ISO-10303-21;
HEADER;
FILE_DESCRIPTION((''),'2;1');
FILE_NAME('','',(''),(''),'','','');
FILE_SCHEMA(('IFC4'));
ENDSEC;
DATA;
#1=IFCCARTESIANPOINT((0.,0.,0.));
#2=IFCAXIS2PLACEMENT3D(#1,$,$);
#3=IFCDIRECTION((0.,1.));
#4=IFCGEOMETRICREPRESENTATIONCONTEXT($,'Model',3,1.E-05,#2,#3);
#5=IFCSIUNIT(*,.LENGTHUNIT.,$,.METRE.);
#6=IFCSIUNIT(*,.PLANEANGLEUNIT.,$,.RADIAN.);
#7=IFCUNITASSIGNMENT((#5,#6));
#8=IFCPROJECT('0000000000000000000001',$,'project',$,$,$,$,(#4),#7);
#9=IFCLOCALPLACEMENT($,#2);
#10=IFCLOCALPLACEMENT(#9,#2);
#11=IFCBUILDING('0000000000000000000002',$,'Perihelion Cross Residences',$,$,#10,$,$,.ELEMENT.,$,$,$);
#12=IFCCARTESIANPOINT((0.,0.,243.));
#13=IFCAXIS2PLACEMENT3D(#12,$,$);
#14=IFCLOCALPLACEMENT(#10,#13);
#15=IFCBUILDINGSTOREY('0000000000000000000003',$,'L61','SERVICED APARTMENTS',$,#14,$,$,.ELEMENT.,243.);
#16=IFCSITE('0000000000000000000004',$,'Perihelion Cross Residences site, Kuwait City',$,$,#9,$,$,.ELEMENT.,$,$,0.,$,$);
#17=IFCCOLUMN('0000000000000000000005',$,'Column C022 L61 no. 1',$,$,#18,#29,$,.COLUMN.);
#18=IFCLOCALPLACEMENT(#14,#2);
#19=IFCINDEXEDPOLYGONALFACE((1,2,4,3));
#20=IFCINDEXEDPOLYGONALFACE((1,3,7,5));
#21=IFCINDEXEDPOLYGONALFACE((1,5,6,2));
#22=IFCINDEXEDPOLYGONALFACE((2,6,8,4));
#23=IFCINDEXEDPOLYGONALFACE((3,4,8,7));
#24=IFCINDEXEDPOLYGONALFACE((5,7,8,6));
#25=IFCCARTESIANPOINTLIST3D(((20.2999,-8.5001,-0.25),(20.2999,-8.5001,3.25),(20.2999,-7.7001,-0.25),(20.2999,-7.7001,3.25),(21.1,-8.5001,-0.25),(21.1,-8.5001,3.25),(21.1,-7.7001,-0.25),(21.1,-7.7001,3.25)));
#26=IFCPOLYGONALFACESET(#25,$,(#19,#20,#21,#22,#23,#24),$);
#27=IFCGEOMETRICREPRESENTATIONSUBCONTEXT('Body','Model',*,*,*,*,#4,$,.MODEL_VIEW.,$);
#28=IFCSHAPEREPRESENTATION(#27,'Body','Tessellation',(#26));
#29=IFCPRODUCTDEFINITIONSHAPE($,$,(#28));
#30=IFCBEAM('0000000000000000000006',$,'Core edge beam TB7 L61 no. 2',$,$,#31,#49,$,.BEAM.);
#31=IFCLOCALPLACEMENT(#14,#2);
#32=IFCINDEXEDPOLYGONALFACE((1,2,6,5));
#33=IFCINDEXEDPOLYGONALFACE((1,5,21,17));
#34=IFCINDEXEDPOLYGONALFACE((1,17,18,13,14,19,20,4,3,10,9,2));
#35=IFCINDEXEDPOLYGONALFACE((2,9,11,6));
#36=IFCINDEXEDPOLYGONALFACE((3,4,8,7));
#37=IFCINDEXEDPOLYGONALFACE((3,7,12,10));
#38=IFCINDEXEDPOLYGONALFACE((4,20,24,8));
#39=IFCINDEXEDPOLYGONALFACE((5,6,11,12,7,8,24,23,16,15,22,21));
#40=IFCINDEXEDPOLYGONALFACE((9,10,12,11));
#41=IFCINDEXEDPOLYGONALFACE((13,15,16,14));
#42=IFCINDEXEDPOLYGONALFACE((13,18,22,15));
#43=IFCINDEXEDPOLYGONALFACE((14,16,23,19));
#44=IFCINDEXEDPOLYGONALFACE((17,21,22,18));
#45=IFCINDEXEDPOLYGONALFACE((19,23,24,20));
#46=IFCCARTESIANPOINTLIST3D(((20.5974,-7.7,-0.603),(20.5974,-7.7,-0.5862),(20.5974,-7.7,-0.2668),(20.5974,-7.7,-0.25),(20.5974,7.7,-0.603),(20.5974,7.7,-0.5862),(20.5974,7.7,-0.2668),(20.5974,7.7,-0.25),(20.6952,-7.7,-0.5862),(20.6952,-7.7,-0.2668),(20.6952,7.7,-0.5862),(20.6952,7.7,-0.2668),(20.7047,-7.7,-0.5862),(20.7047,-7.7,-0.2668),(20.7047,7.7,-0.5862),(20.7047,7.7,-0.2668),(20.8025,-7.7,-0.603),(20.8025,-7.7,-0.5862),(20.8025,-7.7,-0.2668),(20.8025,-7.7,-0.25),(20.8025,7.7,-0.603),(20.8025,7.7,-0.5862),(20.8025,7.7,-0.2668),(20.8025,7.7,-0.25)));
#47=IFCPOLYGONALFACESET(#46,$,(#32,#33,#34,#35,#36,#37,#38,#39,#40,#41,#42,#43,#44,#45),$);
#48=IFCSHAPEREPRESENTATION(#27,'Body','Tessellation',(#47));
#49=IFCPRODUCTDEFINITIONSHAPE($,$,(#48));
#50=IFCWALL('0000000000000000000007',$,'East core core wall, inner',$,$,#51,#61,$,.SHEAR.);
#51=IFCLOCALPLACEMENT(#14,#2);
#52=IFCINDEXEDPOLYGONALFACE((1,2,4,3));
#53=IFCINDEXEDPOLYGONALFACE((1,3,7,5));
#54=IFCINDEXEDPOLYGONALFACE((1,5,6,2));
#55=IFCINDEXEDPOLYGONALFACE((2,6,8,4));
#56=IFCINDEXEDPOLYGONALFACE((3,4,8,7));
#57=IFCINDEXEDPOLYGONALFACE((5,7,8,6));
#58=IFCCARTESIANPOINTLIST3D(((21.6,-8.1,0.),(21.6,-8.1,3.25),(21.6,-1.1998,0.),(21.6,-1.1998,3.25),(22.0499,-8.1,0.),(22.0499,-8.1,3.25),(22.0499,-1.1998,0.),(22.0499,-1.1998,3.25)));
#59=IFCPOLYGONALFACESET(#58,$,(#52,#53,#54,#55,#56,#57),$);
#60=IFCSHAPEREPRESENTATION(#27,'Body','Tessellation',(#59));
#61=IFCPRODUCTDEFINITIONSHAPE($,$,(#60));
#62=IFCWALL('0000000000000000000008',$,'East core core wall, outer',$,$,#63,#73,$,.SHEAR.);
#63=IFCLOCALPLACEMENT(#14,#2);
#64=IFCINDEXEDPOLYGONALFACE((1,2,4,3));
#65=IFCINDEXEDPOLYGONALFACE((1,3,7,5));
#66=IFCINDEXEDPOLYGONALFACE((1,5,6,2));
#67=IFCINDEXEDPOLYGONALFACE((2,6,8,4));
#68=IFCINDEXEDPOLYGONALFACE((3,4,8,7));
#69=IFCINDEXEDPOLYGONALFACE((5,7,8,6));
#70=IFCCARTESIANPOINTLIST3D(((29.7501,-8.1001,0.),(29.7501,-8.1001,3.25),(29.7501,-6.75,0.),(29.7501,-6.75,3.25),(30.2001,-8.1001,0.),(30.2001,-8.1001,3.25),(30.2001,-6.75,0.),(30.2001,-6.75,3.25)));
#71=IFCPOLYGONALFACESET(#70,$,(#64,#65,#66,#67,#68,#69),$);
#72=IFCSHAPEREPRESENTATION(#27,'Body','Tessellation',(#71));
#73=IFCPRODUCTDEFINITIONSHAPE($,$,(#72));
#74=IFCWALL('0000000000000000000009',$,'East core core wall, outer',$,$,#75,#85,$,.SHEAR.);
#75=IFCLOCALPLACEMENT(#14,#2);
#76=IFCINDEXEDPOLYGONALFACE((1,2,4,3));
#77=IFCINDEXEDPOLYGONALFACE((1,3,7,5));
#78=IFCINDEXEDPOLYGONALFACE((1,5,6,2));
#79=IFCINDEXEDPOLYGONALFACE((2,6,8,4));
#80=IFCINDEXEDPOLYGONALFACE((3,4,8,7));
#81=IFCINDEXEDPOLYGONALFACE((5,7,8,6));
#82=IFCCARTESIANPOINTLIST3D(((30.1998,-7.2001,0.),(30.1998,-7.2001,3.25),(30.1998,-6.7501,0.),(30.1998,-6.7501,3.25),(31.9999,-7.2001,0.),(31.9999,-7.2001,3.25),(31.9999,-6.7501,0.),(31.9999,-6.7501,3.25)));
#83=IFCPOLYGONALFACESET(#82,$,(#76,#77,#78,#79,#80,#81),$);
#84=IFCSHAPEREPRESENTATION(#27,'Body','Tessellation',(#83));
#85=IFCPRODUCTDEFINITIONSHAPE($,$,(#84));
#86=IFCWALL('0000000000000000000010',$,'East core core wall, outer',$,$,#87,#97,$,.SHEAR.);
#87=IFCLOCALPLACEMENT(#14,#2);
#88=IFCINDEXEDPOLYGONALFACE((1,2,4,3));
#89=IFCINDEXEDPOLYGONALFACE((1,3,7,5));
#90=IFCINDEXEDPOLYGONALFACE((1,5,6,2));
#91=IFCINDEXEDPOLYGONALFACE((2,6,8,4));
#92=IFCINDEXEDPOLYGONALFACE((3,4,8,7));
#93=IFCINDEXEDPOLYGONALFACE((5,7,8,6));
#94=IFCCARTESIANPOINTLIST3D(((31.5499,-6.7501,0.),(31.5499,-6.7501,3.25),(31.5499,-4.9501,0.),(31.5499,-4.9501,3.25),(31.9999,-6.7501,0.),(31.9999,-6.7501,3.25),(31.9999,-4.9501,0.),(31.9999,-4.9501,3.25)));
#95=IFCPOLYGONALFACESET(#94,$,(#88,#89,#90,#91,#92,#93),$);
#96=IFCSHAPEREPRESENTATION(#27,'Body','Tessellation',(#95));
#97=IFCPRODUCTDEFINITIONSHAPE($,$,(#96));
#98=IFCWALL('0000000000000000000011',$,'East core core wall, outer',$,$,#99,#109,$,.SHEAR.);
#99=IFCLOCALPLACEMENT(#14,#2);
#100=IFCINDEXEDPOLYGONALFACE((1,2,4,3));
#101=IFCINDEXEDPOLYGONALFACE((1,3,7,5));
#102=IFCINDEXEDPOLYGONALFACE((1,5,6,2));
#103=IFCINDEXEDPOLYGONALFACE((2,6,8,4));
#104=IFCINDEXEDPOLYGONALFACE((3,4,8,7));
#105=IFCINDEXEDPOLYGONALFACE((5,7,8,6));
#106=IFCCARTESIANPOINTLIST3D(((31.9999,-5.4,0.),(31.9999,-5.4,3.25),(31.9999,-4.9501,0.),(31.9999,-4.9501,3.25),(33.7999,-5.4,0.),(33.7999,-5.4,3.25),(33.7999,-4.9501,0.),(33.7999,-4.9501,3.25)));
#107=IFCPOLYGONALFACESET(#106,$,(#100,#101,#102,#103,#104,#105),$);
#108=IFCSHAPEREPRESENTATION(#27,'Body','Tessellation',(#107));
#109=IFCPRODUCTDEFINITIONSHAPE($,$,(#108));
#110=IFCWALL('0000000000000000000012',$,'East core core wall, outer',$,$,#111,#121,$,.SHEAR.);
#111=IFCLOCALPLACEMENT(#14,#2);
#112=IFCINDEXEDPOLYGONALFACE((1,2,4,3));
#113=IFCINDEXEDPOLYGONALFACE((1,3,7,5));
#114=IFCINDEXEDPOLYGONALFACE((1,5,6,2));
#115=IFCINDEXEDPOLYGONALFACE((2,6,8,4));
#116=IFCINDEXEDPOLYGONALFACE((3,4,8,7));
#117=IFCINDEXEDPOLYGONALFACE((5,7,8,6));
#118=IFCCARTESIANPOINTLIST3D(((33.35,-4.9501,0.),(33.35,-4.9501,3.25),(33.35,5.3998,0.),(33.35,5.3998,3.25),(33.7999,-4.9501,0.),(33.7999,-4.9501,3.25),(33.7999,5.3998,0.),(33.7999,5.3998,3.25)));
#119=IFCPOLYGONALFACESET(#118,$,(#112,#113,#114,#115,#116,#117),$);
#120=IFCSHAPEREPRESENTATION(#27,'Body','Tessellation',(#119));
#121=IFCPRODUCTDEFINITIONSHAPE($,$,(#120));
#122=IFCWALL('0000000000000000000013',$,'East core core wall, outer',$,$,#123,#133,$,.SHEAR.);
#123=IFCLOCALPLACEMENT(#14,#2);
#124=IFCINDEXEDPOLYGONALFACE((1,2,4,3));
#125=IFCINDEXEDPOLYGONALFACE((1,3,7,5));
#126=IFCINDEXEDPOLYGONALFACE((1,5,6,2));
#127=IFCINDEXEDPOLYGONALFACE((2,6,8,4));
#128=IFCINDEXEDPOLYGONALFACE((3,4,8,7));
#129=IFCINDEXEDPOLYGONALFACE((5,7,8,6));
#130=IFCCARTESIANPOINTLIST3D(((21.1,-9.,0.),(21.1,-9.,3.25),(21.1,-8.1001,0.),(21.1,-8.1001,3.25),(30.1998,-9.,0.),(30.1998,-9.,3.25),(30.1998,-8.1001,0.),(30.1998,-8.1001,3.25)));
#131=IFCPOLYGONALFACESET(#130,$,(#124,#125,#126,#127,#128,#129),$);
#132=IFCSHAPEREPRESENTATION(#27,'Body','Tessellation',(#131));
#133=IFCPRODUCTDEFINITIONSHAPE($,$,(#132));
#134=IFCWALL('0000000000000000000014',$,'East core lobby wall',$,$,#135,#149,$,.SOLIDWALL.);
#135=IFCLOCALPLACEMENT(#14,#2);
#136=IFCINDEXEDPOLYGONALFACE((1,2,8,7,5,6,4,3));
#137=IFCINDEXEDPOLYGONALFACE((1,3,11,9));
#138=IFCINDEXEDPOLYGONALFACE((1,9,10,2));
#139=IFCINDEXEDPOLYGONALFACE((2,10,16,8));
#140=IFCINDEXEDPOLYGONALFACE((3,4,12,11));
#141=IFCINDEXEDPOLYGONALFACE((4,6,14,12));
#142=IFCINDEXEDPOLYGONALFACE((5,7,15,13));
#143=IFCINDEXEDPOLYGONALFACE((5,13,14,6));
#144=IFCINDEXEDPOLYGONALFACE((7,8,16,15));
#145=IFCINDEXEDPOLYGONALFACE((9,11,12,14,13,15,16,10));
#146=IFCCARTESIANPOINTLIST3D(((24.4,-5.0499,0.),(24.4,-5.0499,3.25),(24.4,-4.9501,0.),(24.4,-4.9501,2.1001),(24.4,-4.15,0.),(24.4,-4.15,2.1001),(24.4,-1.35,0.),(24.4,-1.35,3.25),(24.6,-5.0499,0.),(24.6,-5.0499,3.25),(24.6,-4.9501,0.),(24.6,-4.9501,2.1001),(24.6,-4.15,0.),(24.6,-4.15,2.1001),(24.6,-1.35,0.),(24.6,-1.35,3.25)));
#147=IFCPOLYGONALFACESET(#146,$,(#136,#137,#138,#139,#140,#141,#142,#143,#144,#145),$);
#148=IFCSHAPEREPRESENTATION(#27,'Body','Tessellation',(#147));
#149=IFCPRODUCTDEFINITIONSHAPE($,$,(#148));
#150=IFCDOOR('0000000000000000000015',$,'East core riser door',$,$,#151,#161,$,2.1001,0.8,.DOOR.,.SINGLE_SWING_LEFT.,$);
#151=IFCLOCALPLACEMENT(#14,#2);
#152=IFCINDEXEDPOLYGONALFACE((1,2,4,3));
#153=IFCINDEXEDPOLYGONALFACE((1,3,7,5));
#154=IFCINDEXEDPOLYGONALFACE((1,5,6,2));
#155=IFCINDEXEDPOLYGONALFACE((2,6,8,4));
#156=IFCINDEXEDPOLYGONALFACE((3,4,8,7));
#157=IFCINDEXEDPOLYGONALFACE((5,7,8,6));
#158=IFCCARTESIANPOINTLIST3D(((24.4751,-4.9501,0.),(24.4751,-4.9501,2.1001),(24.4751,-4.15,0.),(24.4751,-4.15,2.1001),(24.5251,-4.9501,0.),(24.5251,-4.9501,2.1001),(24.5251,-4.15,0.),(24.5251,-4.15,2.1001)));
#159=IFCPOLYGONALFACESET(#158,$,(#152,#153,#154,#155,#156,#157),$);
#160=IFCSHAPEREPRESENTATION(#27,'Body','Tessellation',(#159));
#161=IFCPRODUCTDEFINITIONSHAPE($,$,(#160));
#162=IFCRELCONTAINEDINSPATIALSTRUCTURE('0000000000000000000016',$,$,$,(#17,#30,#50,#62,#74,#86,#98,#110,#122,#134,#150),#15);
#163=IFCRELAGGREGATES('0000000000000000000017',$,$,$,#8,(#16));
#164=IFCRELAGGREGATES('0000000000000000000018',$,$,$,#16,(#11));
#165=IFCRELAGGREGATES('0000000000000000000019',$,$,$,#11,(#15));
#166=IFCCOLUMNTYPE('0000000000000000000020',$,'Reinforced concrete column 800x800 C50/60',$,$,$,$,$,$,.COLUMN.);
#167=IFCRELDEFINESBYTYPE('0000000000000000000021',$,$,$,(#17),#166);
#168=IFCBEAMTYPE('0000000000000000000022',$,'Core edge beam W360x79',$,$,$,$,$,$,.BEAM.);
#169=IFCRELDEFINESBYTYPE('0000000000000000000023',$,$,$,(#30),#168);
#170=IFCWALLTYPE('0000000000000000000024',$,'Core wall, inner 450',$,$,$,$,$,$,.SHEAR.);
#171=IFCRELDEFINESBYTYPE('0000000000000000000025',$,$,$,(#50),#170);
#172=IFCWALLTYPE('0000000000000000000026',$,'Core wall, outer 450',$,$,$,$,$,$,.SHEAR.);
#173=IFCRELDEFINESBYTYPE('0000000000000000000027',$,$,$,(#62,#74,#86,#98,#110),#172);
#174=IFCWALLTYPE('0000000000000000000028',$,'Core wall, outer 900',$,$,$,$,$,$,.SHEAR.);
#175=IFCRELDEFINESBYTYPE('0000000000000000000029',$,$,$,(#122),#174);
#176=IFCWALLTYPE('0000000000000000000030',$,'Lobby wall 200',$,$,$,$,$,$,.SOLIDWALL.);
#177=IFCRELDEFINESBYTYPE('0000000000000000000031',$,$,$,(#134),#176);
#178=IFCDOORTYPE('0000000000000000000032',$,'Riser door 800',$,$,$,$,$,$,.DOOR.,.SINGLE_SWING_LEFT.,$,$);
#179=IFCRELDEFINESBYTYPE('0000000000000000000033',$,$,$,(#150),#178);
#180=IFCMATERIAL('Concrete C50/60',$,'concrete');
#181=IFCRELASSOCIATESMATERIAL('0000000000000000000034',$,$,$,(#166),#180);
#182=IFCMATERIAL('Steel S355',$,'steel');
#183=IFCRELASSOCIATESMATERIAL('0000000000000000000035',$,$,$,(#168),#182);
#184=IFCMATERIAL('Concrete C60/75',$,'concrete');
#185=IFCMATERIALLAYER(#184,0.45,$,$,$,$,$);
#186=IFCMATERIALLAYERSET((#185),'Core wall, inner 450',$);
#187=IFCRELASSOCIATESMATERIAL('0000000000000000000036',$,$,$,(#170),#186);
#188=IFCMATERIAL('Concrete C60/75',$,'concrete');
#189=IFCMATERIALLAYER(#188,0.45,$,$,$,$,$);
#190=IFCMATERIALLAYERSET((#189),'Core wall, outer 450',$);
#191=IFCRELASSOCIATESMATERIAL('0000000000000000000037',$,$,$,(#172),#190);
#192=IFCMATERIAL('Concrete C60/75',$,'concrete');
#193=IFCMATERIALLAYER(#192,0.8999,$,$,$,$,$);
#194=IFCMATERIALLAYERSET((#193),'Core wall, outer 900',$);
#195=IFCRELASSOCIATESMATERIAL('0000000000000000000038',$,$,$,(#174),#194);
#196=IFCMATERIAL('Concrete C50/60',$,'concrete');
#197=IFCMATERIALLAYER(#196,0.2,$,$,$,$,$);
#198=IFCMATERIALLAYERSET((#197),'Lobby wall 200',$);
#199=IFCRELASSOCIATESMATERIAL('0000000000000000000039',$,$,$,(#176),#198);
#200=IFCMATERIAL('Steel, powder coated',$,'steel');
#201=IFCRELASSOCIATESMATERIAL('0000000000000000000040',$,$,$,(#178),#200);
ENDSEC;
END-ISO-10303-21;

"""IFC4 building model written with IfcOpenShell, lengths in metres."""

from ifc_helpers import new_model, si_unit, direction, frame, frame_2d, origin, origin_2d, place, context, subcontext, project, spatial, rectangle, i_section, extrude, material, layer, layer_set, material_profile, profile_set, type_object, element, fill, save


model = new_model("IFC4")

# Units and contexts
model_context = context("Model", 3, precision=1e-05, world=origin(), true_north=direction((0.0, 1.0)))
body_context = subcontext(model_context, "Body", "Model", "MODEL_VIEW")
ifc_project = project(units=[si_unit("LENGTHUNIT", "METRE"), si_unit("PLANEANGLEUNIT", "RADIAN")], contexts=[model_context])

# Site, building, storey
site_placement = place(None, origin())
site = spatial("IfcSite", under=ifc_project, at=site_placement, Name="Perihelion Cross Residences site, Kuwait City", CompositionType="ELEMENT", RefElevation=0.0)
building_placement = place(site_placement, origin())
building = spatial("IfcBuilding", under=site, at=building_placement, Name="Perihelion Cross Residences", CompositionType="ELEMENT")
storey_placement = place(building_placement, frame((0.0, 0.0, 243.0)))
storey = spatial("IfcBuildingStorey", under=building, at=storey_placement, Name="L61", Description="SERVICED APARTMENTS", CompositionType="ELEMENT", Elevation=243.0)

# Column
ifc_material_1 = material(Name="Concrete C50/60", Category="concrete")
ifc_material_profile_1 = material_profile(ifc_material_1, rectangle(XDim=0.8, YDim=0.8, at=origin_2d()), Name="RC 800x800")
ifc_profile_set_1 = profile_set([ifc_material_profile_1], Name="Concrete C50/60")
column_type = type_object("IfcColumnType", Name="Reinforced concrete column 800x800 C50/60", PredefinedType="COLUMN", material=ifc_profile_set_1)
column_placement = place(storey_placement, frame((20.7, -8.1001, -0.25), z_axis=(0.0, 0.0, 1.0), x_axis=(1.0, 0.0, 0.0)))
element("IfcColumn", 1, at=column_placement, inside=storey, type_object=column_type, Name="Column C022 L61 no. 1", PredefinedType="COLUMN", context=body_context, shape_type="SweptSolid", body=[
    extrude(rectangle(XDim=0.8, YDim=0.8, at=origin_2d()), origin(), (0.0, 0.0, 1.0), 3.5),
])

# Beam
ifc_material_2 = material(Name="Steel S355", Category="steel")
ifc_material_profile_2 = material_profile(ifc_material_2, i_section(OverallWidth=0.2051, OverallDepth=0.353, WebThickness=0.0095, FlangeThickness=0.0168, at=origin_2d()), Name="W360x79")
ifc_profile_set_2 = profile_set([ifc_material_profile_2], Name="Steel S355")
beam_type = type_object("IfcBeamType", Name="Core edge beam W360x79", PredefinedType="BEAM", material=ifc_profile_set_2)
beam_placement = place(storey_placement, frame((20.7, -7.7, -0.4265), z_axis=(0.0, 1.0, 0.0), x_axis=(-1.0, 0.0, 0.0)))
element("IfcBeam", 2, at=beam_placement, inside=storey, type_object=beam_type, Name="Core edge beam TB7 L61 no. 2", PredefinedType="BEAM", context=body_context, shape_type="SweptSolid", body=[
    extrude(i_section(OverallWidth=0.2051, OverallDepth=0.353, WebThickness=0.0095, FlangeThickness=0.0168, at=origin_2d()), origin(), (0.0, 0.0, 1.0), 15.3999),
])

# Walls
ifc_material_3 = material(Name="Concrete C60/75", Category="concrete")
ifc_layer_1 = layer(ifc_material_3, 0.45)
ifc_layer_set_1 = layer_set([ifc_layer_1], Name="Core wall, inner 450")
wall_type_1 = type_object("IfcWallType", Name="Core wall, inner 450", PredefinedType="SHEAR", material=ifc_layer_set_1)
wall_1_placement = place(storey_placement, frame((21.825, -8.1001, 0.0), z_axis=(0.0, 0.0, 1.0), x_axis=(0.0, 1.0, 0.0)))
element("IfcWall", 3, at=wall_1_placement, inside=storey, type_object=wall_type_1, Name="East core core wall, inner", PredefinedType="SHEAR", context=body_context, shape_type="SweptSolid", body=[
    extrude(rectangle(XDim=6.9001, YDim=0.45, at=frame_2d((3.4502, 0.0))), origin(), (0.0, 0.0, 1.0), 3.25),
])
ifc_material_4 = material(Name="Concrete C60/75", Category="concrete")
ifc_layer_2 = layer(ifc_material_4, 0.45)
ifc_layer_set_2 = layer_set([ifc_layer_2], Name="Core wall, outer 450")
wall_type_2 = type_object("IfcWallType", Name="Core wall, outer 450", PredefinedType="SHEAR", material=ifc_layer_set_2)
wall_2_placement = place(storey_placement, frame((29.9751, -8.1001, 0.0), z_axis=(0.0, 0.0, 1.0), x_axis=(0.0, 1.0, 0.0)))
element("IfcWall", 4, at=wall_2_placement, inside=storey, type_object=wall_type_2, Name="East core core wall, outer", PredefinedType="SHEAR", context=body_context, shape_type="SweptSolid", body=[
    extrude(rectangle(XDim=1.3501, YDim=0.45, at=frame_2d((0.675, 0.0))), origin(), (0.0, 0.0, 1.0), 3.25),
])
for number, where, z_axis, x_axis, name in (
    (5, (30.2, -6.9751, 0.0), (0.0, 0.0, 1.0), (1.0, 0.0, 0.0), "East core core wall, outer"),
    (6, (31.7749, -6.75, 0.0), (0.0, 0.0, 1.0), (0.0, 1.0, 0.0), "East core core wall, outer"),
    (7, (32.0, -5.175, 0.0), (0.0, 0.0, 1.0), (1.0, 0.0, 0.0), "East core core wall, outer"),
):
    element("IfcWall", number, at=place(storey_placement, frame(where, z_axis=z_axis, x_axis=x_axis)), inside=storey, type_object=wall_type_2, Name=name, PredefinedType="SHEAR", context=body_context, shape_type="SweptSolid", body=[
        extrude(rectangle(XDim=1.8, YDim=0.45, at=frame_2d((0.8999, 0.0))), origin(), (0.0, 0.0, 1.0), 3.25),
    ])
wall_3_placement = place(storey_placement, frame((33.575, -4.95, 0.0), z_axis=(0.0, 0.0, 1.0), x_axis=(0.0, 1.0, 0.0)))
element("IfcWall", 8, at=wall_3_placement, inside=storey, type_object=wall_type_2, Name="East core core wall, outer", PredefinedType="SHEAR", context=body_context, shape_type="SweptSolid", body=[
    extrude(rectangle(XDim=10.3499, YDim=0.45, at=frame_2d((5.1748, 0.0))), origin(), (0.0, 0.0, 1.0), 3.25),
])
ifc_material_5 = material(Name="Concrete C60/75", Category="concrete")
ifc_layer_3 = layer(ifc_material_5, 0.8999)
ifc_layer_set_3 = layer_set([ifc_layer_3], Name="Core wall, outer 900")
wall_type_3 = type_object("IfcWallType", Name="Core wall, outer 900", PredefinedType="SHEAR", material=ifc_layer_set_3)
wall_4_placement = place(storey_placement, frame((21.1001, -8.55, 0.0), z_axis=(0.0, 0.0, 1.0), x_axis=(1.0, 0.0, 0.0)))
element("IfcWall", 9, at=wall_4_placement, inside=storey, type_object=wall_type_3, Name="East core core wall, outer", PredefinedType="SHEAR", context=body_context, shape_type="SweptSolid", body=[
    extrude(rectangle(XDim=9.0999, YDim=0.8999, at=frame_2d((4.5498, 0.0))), origin(), (0.0, 0.0, 1.0), 3.25),
])

# Wall, opening, door
ifc_material_6 = material(Name="Concrete C50/60", Category="concrete")
ifc_layer_4 = layer(ifc_material_6, 0.2)
ifc_layer_set_4 = layer_set([ifc_layer_4], Name="Lobby wall 200")
wall_type_4 = type_object("IfcWallType", Name="Lobby wall 200", PredefinedType="SOLIDWALL", material=ifc_layer_set_4)
wall_5_placement = place(storey_placement, frame((24.5, -5.05, 0.0), z_axis=(0.0, 0.0, 1.0), x_axis=(0.0, 1.0, 0.0)))
wall_5 = element("IfcWall", 10, at=wall_5_placement, inside=storey, type_object=wall_type_4, Name="East core lobby wall", PredefinedType="SOLIDWALL", context=body_context, shape_type="SweptSolid", body=[
    extrude(rectangle(XDim=3.7, YDim=0.2, at=frame_2d((1.8501, 0.0))), origin(), (0.0, 0.0, 1.0), 3.25),
])
opening_1_placement = place(wall_5_placement, frame((0.1001, 0.0, 0.0)))
opening_1 = element("IfcOpeningElement", 11, at=opening_1_placement, cuts=wall_5, PredefinedType="OPENING", context=body_context, shape_type="SweptSolid", body=[
    extrude(rectangle(XDim=0.8, YDim=2.1001, at=frame_2d((0.3999, 1.05))), frame((0.0, 0.1099, 0.0), z_axis=(0.0, -1.0, 0.0), x_axis=(1.0, 0.0, 0.0)), (0.0, 0.0, 1.0), 0.22),
])
ifc_material_7 = material(Name="Steel, powder coated", Category="steel")
door_type_1 = type_object("IfcDoorType", Name="Riser door 800", OperationType="SINGLE_SWING_LEFT", PredefinedType="DOOR", material=ifc_material_7)
door_1_placement = place(opening_1_placement, origin())
door_1 = element("IfcDoor", 12, at=door_1_placement, inside=storey, type_object=door_type_1, Name="East core riser door", OperationType="SINGLE_SWING_LEFT", OverallHeight=2.1001, OverallWidth=0.8, PredefinedType="DOOR", context=body_context, shape_type="SweptSolid", body=[
    extrude(rectangle(XDim=0.8, YDim=2.1001, at=frame_2d((0.3999, 1.05))), frame((0.0, 0.0249, 0.0), z_axis=(0.0, -1.0, 0.0), x_axis=(1.0, 0.0, 0.0)), (0.0, 0.0, 1.0), 0.05),
])
fill(opening_1, door_1)

save(model, "model.ifc")
